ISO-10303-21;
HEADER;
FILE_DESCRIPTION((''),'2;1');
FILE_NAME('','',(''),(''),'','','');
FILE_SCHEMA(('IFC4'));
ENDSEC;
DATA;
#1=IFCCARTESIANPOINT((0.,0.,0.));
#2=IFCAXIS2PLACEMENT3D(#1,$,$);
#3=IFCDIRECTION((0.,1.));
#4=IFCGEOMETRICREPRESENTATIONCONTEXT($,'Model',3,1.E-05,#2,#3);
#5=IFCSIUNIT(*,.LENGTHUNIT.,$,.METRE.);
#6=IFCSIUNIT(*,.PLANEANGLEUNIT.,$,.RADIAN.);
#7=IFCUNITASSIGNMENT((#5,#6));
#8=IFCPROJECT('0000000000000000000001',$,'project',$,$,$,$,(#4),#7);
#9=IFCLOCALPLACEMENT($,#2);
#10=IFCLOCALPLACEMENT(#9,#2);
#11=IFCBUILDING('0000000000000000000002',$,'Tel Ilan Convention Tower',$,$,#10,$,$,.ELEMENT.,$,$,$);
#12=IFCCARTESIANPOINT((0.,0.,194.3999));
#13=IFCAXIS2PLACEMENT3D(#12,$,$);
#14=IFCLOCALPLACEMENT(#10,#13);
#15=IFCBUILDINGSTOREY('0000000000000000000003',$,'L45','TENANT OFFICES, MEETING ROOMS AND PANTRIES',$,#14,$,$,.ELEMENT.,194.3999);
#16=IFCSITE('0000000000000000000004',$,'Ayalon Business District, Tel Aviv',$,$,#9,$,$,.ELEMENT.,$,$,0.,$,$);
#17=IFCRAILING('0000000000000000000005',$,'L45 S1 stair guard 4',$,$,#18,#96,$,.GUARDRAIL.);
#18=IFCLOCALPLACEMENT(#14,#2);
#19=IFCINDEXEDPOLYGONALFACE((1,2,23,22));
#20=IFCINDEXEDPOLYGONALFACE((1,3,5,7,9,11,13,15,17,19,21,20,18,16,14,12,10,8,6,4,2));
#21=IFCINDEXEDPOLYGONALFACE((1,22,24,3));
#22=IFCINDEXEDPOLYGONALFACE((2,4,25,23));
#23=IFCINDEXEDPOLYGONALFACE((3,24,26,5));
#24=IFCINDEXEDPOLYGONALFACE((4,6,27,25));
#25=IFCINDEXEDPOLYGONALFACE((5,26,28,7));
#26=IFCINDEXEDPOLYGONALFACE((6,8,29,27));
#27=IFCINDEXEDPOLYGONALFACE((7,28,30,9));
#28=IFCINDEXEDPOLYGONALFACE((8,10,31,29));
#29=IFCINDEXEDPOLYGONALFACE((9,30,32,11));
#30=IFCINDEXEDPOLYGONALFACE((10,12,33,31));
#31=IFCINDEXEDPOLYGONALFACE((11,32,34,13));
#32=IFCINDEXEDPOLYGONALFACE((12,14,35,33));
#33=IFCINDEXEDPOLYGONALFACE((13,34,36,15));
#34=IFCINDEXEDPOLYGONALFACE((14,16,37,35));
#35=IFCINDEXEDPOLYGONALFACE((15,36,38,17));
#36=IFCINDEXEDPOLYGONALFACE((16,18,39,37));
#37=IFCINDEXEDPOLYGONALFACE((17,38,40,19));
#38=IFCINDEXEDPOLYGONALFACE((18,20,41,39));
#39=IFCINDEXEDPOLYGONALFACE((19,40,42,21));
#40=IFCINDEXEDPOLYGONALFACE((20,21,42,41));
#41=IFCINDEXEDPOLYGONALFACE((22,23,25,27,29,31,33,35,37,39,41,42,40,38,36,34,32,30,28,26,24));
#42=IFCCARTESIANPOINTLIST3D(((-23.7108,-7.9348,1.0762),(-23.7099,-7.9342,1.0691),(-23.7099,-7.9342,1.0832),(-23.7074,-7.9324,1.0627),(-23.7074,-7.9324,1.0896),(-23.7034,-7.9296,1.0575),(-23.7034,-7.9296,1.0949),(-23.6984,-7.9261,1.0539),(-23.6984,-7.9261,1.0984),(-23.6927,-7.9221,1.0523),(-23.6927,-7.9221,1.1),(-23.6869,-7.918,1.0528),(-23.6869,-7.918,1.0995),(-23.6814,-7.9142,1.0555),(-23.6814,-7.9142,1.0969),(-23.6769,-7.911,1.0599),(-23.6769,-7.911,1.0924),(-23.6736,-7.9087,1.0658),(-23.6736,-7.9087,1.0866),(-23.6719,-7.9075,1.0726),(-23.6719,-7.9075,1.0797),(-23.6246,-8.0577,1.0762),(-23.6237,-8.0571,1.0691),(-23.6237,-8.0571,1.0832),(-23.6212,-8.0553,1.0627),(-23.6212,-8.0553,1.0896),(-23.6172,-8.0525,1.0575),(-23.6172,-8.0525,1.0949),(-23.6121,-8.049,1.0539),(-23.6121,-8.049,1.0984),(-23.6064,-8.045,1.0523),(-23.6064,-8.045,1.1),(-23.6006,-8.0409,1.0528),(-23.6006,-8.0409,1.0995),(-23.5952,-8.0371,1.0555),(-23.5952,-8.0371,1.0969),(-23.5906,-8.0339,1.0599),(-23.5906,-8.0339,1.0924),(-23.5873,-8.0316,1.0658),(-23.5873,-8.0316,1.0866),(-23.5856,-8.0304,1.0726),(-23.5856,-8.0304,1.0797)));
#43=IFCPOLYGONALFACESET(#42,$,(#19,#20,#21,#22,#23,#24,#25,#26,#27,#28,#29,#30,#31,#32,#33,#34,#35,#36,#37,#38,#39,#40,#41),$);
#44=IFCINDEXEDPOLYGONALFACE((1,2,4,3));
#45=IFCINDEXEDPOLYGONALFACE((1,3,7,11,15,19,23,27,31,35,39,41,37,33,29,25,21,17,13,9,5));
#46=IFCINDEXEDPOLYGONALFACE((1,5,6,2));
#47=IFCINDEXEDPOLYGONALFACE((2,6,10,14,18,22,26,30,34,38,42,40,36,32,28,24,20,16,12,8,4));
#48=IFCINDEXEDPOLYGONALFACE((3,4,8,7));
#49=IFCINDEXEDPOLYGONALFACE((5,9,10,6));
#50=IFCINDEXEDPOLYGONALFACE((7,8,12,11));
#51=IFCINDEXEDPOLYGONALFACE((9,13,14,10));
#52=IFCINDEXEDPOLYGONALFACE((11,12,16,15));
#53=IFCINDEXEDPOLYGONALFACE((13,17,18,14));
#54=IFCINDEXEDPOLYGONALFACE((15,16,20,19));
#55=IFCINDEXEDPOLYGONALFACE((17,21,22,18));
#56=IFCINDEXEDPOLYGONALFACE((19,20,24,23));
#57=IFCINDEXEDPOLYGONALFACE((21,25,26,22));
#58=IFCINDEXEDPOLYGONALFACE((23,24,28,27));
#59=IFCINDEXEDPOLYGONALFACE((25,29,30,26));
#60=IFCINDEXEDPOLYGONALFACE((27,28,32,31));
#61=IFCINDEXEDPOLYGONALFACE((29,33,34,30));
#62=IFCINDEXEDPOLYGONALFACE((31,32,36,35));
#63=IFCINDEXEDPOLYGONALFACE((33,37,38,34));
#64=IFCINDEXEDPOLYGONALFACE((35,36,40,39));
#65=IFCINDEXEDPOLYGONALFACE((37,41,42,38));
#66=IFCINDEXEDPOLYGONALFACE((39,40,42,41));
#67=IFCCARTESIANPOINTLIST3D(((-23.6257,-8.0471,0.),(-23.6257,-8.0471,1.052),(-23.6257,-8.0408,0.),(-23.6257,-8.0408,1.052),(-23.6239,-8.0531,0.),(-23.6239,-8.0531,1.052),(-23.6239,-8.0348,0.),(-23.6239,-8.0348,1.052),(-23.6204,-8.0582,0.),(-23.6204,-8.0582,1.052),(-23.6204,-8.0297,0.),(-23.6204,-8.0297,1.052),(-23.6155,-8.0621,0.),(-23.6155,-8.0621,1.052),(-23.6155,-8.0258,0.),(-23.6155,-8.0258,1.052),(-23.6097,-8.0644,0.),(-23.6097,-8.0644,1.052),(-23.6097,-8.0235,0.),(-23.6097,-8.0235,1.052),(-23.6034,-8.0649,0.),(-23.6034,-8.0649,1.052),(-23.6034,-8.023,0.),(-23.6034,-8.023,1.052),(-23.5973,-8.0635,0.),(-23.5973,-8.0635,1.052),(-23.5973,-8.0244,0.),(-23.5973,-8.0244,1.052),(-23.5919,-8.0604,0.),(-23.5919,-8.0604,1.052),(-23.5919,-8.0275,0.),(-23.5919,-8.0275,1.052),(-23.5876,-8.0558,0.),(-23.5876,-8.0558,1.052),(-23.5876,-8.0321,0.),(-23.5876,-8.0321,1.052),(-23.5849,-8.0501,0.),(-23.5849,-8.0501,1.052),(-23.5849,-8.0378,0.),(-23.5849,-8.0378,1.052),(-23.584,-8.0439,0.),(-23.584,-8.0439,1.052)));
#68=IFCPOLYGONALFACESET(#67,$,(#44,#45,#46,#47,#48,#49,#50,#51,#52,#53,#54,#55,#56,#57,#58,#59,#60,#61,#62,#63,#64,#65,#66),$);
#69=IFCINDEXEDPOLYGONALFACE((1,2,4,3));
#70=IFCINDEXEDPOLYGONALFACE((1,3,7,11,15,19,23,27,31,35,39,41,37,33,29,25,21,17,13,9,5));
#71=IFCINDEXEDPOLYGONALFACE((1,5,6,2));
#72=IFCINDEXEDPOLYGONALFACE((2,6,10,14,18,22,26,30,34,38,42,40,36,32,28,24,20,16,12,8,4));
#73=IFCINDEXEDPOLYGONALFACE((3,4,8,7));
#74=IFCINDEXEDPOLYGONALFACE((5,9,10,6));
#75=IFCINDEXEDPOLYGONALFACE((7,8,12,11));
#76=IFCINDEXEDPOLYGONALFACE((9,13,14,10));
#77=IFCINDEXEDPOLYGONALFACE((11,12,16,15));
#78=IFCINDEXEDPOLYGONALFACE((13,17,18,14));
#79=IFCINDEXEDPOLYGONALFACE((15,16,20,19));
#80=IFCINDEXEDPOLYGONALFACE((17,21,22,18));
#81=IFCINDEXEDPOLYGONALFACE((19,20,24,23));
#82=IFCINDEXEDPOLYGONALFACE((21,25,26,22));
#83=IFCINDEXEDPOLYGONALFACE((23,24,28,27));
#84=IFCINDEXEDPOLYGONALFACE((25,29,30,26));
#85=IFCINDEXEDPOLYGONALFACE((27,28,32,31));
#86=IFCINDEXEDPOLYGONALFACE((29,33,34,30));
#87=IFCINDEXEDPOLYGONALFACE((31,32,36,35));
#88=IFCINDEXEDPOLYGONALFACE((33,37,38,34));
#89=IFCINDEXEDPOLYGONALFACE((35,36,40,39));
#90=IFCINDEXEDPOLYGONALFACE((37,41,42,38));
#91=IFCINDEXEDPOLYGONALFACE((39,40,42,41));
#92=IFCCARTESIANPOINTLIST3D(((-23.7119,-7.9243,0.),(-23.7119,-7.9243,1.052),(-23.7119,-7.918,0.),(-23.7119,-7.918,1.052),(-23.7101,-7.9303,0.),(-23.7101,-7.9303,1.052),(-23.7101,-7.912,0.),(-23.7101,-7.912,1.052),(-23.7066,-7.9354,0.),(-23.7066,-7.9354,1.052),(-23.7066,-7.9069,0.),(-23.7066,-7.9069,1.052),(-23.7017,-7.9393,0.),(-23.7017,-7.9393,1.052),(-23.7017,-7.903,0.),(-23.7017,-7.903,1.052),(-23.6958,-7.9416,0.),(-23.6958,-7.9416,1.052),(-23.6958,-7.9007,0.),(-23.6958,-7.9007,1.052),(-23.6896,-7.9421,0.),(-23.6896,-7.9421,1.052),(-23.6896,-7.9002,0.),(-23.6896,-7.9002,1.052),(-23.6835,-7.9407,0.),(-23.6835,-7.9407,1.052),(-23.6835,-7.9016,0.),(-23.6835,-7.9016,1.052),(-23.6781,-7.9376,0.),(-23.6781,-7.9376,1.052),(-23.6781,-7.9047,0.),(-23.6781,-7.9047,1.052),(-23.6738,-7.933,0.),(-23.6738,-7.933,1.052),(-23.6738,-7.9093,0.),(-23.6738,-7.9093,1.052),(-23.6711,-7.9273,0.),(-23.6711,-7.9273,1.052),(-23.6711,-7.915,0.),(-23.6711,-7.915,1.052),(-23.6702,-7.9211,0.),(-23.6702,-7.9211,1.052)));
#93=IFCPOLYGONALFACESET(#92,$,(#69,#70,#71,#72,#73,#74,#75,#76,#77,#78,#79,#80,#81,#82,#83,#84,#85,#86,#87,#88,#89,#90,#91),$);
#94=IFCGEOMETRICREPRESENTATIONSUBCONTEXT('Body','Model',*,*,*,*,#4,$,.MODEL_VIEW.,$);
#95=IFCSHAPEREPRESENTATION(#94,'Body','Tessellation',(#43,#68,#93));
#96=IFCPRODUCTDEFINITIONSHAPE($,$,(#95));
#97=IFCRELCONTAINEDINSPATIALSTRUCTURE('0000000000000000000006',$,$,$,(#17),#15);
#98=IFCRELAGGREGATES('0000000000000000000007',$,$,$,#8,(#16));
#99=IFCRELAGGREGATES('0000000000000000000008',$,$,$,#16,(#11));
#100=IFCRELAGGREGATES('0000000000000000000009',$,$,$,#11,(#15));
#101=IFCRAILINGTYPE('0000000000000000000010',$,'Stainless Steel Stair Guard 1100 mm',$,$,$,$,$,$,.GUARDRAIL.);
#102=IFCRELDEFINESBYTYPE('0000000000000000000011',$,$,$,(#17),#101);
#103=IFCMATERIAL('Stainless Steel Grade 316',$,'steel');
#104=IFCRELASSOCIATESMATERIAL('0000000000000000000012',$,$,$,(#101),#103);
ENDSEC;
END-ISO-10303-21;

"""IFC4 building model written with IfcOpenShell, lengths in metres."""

from ifc_helpers import new_model, si_unit, direction, frame, origin, origin_2d, place, context, subcontext, project, spatial, circle, extrude, material, type_object, element, save


model = new_model("IFC4")

# Units and contexts
model_context = context("Model", 3, precision=1e-05, world=origin(), true_north=direction((0.0, 1.0)))
body_context = subcontext(model_context, "Body", "Model", "MODEL_VIEW")
ifc_project = project(units=[si_unit("LENGTHUNIT", "METRE"), si_unit("PLANEANGLEUNIT", "RADIAN")], contexts=[model_context])

# Site, building, storey
site_placement = place(None, origin())
site = spatial("IfcSite", under=ifc_project, at=site_placement, Name="Ayalon Business District, Tel Aviv", CompositionType="ELEMENT", RefElevation=0.0)
building_placement = place(site_placement, origin())
building = spatial("IfcBuilding", under=site, at=building_placement, Name="Tel Ilan Convention Tower", CompositionType="ELEMENT")
storey_placement = place(building_placement, frame((0.0, 0.0, 194.3999)))
storey = spatial("IfcBuildingStorey", under=building, at=storey_placement, Name="L45", Description="TENANT OFFICES, MEETING ROOMS AND PANTRIES", CompositionType="ELEMENT", Elevation=194.3999)

# Railing
ifc_material_1 = material(Name="Stainless Steel Grade 316", Category="steel")
railing_type_1 = type_object("IfcRailingType", Name="Stainless Steel Stair Guard 1100 mm", PredefinedType="GUARDRAIL", material=ifc_material_1)
railing_1_placement = place(storey_placement, frame((-23.605, -8.0439, 0.0)))
element("IfcRailing", 1, at=railing_1_placement, inside=storey, type_object=railing_type_1, Name="L45 S1 stair guard 4", PredefinedType="GUARDRAIL", context=body_context, shape_type="SweptSolid", body=[
    extrude(circle(Radius=0.0239, at=origin_2d()), frame((0.0, 0.0, 1.0762), z_axis=(-0.574445, 0.818543, 0.0), x_axis=(-0.818543, -0.574445, 0.0)), (0.0, 0.0, 1.0), 0.1501),
    extrude(circle(Radius=0.021, at=origin_2d()), origin(), (0.0, 0.0, 1.0), 1.052),
    extrude(circle(Radius=0.021, at=origin_2d()), frame((-0.0862, 0.1228, 0.0)), (0.0, 0.0, 1.0), 1.052),
])

save(model, "model.ifc")
